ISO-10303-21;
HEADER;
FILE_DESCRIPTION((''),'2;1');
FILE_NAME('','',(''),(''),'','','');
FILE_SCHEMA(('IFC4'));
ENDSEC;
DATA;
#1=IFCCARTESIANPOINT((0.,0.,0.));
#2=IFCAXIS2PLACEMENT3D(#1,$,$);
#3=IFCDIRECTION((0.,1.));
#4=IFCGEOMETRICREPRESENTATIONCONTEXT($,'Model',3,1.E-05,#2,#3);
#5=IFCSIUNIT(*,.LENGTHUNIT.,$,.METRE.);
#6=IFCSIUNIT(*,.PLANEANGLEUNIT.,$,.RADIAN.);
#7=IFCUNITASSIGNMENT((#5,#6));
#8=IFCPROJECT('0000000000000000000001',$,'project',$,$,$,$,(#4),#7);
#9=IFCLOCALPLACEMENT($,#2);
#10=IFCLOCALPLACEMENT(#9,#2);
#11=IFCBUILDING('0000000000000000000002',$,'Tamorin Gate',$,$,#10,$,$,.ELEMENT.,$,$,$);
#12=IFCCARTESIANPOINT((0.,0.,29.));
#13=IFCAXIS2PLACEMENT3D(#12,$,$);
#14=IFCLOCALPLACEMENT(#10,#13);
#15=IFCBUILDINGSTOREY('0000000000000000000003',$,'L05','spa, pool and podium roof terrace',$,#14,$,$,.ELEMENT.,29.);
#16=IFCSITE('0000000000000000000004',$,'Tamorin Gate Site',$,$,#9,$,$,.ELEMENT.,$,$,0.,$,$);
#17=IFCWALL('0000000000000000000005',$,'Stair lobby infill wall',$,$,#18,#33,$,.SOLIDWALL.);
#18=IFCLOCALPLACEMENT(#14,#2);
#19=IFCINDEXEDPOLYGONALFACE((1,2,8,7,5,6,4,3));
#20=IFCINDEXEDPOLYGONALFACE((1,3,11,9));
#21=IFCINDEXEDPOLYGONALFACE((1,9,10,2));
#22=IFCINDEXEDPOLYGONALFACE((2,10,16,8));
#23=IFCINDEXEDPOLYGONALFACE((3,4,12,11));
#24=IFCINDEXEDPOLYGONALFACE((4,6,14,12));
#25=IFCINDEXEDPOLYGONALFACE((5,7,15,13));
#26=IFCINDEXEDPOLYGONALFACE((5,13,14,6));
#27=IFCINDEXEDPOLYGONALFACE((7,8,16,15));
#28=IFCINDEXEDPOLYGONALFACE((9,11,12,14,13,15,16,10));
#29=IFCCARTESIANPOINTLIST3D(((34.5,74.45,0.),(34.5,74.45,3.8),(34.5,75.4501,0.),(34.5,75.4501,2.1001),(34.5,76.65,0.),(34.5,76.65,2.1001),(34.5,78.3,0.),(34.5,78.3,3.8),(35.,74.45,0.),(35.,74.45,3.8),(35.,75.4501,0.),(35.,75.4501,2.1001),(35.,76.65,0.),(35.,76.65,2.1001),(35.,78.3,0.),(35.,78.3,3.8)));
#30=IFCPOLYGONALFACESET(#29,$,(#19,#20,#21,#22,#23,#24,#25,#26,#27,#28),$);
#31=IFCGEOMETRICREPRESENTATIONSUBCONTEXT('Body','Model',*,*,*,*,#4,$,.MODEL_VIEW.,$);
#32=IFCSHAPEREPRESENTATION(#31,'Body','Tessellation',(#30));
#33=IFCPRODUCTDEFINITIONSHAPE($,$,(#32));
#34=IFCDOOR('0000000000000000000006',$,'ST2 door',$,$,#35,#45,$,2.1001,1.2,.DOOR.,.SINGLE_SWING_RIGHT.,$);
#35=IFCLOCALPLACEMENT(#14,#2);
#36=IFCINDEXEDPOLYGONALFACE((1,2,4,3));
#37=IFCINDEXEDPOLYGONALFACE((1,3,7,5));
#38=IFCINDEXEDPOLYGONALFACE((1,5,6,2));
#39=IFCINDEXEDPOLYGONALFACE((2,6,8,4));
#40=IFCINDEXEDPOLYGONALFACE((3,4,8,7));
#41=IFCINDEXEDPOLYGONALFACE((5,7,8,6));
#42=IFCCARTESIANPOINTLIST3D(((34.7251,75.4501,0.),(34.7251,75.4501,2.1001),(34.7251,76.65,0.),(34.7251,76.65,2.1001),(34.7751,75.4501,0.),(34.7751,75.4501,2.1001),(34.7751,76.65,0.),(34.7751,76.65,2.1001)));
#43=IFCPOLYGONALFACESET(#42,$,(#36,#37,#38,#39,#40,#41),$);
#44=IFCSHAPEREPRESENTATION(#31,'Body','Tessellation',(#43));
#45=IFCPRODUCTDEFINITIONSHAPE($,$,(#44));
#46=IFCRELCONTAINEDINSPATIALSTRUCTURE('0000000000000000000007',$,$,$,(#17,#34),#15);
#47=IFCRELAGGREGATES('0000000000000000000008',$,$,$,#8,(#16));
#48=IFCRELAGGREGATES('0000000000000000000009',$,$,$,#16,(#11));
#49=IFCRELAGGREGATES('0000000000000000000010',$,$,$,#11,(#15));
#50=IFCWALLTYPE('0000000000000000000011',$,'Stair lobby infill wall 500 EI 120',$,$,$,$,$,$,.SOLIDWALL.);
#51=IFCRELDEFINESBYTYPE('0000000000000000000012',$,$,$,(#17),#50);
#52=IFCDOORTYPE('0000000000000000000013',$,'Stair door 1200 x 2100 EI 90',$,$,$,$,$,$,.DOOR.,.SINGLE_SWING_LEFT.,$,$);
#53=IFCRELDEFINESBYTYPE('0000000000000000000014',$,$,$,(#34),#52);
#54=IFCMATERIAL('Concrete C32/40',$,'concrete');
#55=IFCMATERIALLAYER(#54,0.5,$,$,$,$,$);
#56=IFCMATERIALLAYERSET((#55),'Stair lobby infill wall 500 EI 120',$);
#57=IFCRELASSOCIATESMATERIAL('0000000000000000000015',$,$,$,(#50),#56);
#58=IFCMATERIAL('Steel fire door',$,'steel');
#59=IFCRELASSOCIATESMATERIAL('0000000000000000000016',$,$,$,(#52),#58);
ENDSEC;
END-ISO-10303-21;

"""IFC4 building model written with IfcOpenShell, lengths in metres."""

from ifc_helpers import new_model, si_unit, direction, frame, frame_2d, origin, place, context, subcontext, project, spatial, rectangle, extrude, material, layer, layer_set, type_object, element, fill, save


model = new_model("IFC4")

# Units and contexts
model_context = context("Model", 3, precision=1e-05, world=origin(), true_north=direction((0.0, 1.0)))
body_context = subcontext(model_context, "Body", "Model", "MODEL_VIEW")
ifc_project = project(units=[si_unit("LENGTHUNIT", "METRE"), si_unit("PLANEANGLEUNIT", "RADIAN")], contexts=[model_context])

# Site, building, storey
site_placement = place(None, origin())
site = spatial("IfcSite", under=ifc_project, at=site_placement, Name="Tamorin Gate Site", CompositionType="ELEMENT", RefElevation=0.0)
building_placement = place(site_placement, origin())
building = spatial("IfcBuilding", under=site, at=building_placement, Name="Tamorin Gate", CompositionType="ELEMENT")
storey_placement = place(building_placement, frame((0.0, 0.0, 29.0)))
storey = spatial("IfcBuildingStorey", under=building, at=storey_placement, Name="L05", Description="spa, pool and podium roof terrace", CompositionType="ELEMENT", Elevation=29.0)

# Shared definitions
ifc_material_1 = material(Name="Concrete C32/40", Category="concrete")

# Shared definitions
ifc_material_2 = material(Name="Steel fire door", Category="steel")

# Wall, opening, door
ifc_layer_1 = layer(ifc_material_1, 0.5)
ifc_layer_set_1 = layer_set([ifc_layer_1], Name="Stair lobby infill wall 500 EI 120")
wall_type_1 = type_object("IfcWallType", Name="Stair lobby infill wall 500 EI 120", PredefinedType="SOLIDWALL", material=ifc_layer_set_1)
wall_1_placement = place(storey_placement, frame((34.75, 74.45, 0.0), z_axis=(0.0, 0.0, 1.0), x_axis=(0.0, 1.0, 0.0)))
wall_1 = element("IfcWall", 1, at=wall_1_placement, inside=storey, type_object=wall_type_1, Name="Stair lobby infill wall", PredefinedType="SOLIDWALL", context=body_context, shape_type="SweptSolid", body=[
    extrude(rectangle(XDim=3.8501, YDim=0.5, at=frame_2d((1.925, 0.0))), origin(), (0.0, 0.0, 1.0), 3.8),
])
opening_1_placement = place(wall_1_placement, frame((1.0, 0.0, 0.0)))
opening_1 = element("IfcOpeningElement", 2, at=opening_1_placement, cuts=wall_1, PredefinedType="OPENING", context=body_context, shape_type="SweptSolid", body=[
    extrude(rectangle(XDim=1.2, YDim=2.1001, at=frame_2d((0.6001, 1.05))), frame((0.0, 0.26, 0.0), z_axis=(0.0, -1.0, 0.0), x_axis=(1.0, 0.0, 0.0)), (0.0, 0.0, 1.0), 0.52),
])
door_type_1 = type_object("IfcDoorType", Name="Stair door 1200 x 2100 EI 90", OperationType="SINGLE_SWING_LEFT", PredefinedType="DOOR", material=ifc_material_2)
door_1_placement = place(opening_1_placement, origin())
door_1 = element("IfcDoor", 3, at=door_1_placement, inside=storey, type_object=door_type_1, Name="ST2 door", OperationType="SINGLE_SWING_RIGHT", OverallHeight=2.1001, OverallWidth=1.2, PredefinedType="DOOR", context=body_context, shape_type="SweptSolid", body=[
    extrude(rectangle(XDim=1.2, YDim=2.1001, at=frame_2d((0.6001, 1.05))), frame((0.0, 0.0249, 0.0), z_axis=(0.0, -1.0, 0.0), x_axis=(1.0, 0.0, 0.0)), (0.0, 0.0, 1.0), 0.05),
])
fill(opening_1, door_1)

save(model, "model.ifc")
